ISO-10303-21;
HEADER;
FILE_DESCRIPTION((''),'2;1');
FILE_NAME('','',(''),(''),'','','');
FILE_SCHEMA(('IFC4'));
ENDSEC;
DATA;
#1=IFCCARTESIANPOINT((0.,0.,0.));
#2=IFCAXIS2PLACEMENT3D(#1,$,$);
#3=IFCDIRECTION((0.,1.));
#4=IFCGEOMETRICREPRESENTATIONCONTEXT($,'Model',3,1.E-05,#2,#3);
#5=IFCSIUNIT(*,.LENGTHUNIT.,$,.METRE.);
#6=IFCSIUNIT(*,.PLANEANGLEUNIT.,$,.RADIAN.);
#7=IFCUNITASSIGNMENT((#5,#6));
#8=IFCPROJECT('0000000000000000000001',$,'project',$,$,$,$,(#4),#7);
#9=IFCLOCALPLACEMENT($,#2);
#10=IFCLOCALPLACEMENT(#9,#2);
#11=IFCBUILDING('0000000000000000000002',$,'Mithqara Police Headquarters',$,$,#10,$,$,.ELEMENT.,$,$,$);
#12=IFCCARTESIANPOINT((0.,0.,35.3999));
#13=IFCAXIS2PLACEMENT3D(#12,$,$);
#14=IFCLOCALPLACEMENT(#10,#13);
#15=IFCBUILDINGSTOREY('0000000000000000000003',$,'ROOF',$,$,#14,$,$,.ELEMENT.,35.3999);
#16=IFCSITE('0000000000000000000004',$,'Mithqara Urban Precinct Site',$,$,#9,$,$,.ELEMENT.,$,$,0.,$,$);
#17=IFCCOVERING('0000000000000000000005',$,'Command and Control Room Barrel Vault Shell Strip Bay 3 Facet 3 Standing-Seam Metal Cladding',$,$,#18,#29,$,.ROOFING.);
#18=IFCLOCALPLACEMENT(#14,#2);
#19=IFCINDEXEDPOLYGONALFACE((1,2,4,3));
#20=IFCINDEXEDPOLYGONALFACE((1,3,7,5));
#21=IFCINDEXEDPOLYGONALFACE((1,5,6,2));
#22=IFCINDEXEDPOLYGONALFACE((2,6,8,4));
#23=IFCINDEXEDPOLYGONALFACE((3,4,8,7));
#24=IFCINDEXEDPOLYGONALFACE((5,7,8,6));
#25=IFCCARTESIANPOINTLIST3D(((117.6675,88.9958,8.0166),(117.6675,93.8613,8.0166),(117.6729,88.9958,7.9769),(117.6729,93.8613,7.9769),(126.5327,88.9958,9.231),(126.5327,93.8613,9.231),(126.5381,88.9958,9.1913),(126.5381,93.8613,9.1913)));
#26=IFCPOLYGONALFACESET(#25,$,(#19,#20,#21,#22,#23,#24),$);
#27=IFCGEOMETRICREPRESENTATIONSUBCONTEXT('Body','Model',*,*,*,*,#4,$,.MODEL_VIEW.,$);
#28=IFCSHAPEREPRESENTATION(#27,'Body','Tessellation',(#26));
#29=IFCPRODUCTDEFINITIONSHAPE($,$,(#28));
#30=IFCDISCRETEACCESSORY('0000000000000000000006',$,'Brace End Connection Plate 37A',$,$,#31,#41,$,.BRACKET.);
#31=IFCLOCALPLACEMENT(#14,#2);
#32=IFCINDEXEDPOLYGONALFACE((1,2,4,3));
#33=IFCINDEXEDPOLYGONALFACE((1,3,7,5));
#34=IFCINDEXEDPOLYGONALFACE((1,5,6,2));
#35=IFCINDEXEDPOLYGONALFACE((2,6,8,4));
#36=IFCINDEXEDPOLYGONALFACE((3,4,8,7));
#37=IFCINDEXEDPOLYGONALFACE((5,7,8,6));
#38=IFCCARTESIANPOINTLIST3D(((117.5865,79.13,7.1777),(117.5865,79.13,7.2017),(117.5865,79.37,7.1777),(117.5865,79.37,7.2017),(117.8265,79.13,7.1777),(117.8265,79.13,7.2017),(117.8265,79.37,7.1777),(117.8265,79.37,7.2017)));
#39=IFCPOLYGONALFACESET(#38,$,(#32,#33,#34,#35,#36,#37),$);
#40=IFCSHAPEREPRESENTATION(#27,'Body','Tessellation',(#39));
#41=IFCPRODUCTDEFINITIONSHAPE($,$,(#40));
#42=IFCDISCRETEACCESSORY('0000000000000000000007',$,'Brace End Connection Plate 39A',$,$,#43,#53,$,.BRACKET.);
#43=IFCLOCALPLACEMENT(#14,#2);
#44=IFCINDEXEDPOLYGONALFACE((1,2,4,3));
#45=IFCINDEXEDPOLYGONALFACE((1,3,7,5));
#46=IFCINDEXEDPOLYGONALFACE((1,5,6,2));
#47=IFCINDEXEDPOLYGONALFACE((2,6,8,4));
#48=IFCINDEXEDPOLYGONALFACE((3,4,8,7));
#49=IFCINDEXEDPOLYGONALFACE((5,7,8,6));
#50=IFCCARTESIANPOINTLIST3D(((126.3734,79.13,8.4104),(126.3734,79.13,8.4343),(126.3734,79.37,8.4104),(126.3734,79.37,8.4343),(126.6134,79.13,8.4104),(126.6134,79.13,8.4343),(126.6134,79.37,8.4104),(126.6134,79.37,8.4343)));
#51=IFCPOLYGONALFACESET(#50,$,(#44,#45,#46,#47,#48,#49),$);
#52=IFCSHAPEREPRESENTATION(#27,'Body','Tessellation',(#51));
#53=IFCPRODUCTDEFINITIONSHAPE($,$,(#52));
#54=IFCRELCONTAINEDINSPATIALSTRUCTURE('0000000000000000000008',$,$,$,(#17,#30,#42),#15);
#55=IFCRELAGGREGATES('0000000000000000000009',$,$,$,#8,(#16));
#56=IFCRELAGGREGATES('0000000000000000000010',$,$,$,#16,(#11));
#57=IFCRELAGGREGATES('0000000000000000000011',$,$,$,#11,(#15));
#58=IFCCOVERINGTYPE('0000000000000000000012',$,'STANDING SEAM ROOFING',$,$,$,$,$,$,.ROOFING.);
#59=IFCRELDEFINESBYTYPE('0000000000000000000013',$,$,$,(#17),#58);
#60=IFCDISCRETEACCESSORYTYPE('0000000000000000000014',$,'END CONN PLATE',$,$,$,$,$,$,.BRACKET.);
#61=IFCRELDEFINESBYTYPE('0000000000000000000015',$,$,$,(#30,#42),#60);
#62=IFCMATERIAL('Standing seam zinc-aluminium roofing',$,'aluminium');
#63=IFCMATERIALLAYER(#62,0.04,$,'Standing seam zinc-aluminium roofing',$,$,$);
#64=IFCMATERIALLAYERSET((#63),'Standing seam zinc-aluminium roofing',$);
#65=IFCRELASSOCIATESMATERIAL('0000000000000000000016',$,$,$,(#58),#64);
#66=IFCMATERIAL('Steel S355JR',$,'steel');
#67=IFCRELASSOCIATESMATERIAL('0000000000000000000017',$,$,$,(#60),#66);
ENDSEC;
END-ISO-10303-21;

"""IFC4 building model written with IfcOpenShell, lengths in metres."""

from ifc_helpers import new_model, si_unit, direction, frame, origin, origin_2d, place, context, subcontext, project, spatial, polyline, rectangle, outline, extrude, material, layer, layer_set, type_object, element, save


model = new_model("IFC4")

# Units and contexts
model_context = context("Model", 3, precision=1e-05, world=origin(), true_north=direction((0.0, 1.0)))
body_context = subcontext(model_context, "Body", "Model", "MODEL_VIEW")
ifc_project = project(units=[si_unit("LENGTHUNIT", "METRE"), si_unit("PLANEANGLEUNIT", "RADIAN")], contexts=[model_context])

# Site, building, storey
site_placement = place(None, origin())
site = spatial("IfcSite", under=ifc_project, at=site_placement, Name="Mithqara Urban Precinct Site", CompositionType="ELEMENT", RefElevation=0.0)
building_placement = place(site_placement, origin())
building = spatial("IfcBuilding", under=site, at=building_placement, Name="Mithqara Police Headquarters", CompositionType="ELEMENT")
storey_placement = place(building_placement, frame((0.0, 0.0, 35.3999)))
storey = spatial("IfcBuildingStorey", under=building, at=storey_placement, Name="ROOF", CompositionType="ELEMENT", Elevation=35.3999)

# Shared definitions
ifc_material_1 = material(Name="Steel S355JR", Category="steel")

# Covering
ifc_material_2 = material(Name="Standing seam zinc-aluminium roofing", Category="aluminium")
ifc_layer_1 = layer(ifc_material_2, 0.04, Name="Standing seam zinc-aluminium roofing")
ifc_layer_set_1 = layer_set([ifc_layer_1], Name="Standing seam zinc-aluminium roofing")
covering_type_1 = type_object("IfcCoveringType", Name="STANDING SEAM ROOFING", PredefinedType="ROOFING", material=ifc_layer_set_1)
for number, where, z_axis, x_axis, name in (
    (1, (117.6675, 88.9958, 8.0166), (-0.135712, 0.0, 0.990748), (0.990748, 0.0, 0.135712), "Command and Control Room Barrel Vault Shell Strip Bay 3 Facet 3 Standing-Seam Metal Cladding"),
):
    element("IfcCovering", number, at=place(storey_placement, frame(where, z_axis=z_axis, x_axis=x_axis)), inside=storey, type_object=covering_type_1, Name=name, PredefinedType="ROOFING", context=body_context, shape_type="SweptSolid", body=[
        extrude(outline(polyline([(0.0, 0.0), (8.948, 0.0), (8.948, 4.8655), (0.0, 4.8655), (0.0, 0.0)])), origin(), (0.0, 0.0, -1.0), 0.04),
    ])

# Discrete accessories
discrete_accessory_type = type_object("IfcDiscreteAccessoryType", Name="END CONN PLATE", PredefinedType="BRACKET", material=ifc_material_1)
for number, where, z_axis, x_axis, name in (
    (2, (117.7065, 79.25, 7.1777), (0.0, 0.0, 1.0), (1.0, 0.0, 0.0), "Brace End Connection Plate 37A"),
    (3, (126.4934, 79.25, 8.4104), (0.0, 0.0, 1.0), (1.0, 0.0, 0.0), "Brace End Connection Plate 39A"),
):
    element("IfcDiscreteAccessory", number, at=place(storey_placement, frame(where, z_axis=z_axis, x_axis=x_axis)), inside=storey, type_object=discrete_accessory_type, Name=name, PredefinedType="BRACKET", context=body_context, shape_type="SweptSolid", body=[
        extrude(rectangle(XDim=0.24, YDim=0.24, at=origin_2d()), origin(), (0.0, 0.0, 1.0), 0.0239),
    ])

save(model, "model.ifc")
